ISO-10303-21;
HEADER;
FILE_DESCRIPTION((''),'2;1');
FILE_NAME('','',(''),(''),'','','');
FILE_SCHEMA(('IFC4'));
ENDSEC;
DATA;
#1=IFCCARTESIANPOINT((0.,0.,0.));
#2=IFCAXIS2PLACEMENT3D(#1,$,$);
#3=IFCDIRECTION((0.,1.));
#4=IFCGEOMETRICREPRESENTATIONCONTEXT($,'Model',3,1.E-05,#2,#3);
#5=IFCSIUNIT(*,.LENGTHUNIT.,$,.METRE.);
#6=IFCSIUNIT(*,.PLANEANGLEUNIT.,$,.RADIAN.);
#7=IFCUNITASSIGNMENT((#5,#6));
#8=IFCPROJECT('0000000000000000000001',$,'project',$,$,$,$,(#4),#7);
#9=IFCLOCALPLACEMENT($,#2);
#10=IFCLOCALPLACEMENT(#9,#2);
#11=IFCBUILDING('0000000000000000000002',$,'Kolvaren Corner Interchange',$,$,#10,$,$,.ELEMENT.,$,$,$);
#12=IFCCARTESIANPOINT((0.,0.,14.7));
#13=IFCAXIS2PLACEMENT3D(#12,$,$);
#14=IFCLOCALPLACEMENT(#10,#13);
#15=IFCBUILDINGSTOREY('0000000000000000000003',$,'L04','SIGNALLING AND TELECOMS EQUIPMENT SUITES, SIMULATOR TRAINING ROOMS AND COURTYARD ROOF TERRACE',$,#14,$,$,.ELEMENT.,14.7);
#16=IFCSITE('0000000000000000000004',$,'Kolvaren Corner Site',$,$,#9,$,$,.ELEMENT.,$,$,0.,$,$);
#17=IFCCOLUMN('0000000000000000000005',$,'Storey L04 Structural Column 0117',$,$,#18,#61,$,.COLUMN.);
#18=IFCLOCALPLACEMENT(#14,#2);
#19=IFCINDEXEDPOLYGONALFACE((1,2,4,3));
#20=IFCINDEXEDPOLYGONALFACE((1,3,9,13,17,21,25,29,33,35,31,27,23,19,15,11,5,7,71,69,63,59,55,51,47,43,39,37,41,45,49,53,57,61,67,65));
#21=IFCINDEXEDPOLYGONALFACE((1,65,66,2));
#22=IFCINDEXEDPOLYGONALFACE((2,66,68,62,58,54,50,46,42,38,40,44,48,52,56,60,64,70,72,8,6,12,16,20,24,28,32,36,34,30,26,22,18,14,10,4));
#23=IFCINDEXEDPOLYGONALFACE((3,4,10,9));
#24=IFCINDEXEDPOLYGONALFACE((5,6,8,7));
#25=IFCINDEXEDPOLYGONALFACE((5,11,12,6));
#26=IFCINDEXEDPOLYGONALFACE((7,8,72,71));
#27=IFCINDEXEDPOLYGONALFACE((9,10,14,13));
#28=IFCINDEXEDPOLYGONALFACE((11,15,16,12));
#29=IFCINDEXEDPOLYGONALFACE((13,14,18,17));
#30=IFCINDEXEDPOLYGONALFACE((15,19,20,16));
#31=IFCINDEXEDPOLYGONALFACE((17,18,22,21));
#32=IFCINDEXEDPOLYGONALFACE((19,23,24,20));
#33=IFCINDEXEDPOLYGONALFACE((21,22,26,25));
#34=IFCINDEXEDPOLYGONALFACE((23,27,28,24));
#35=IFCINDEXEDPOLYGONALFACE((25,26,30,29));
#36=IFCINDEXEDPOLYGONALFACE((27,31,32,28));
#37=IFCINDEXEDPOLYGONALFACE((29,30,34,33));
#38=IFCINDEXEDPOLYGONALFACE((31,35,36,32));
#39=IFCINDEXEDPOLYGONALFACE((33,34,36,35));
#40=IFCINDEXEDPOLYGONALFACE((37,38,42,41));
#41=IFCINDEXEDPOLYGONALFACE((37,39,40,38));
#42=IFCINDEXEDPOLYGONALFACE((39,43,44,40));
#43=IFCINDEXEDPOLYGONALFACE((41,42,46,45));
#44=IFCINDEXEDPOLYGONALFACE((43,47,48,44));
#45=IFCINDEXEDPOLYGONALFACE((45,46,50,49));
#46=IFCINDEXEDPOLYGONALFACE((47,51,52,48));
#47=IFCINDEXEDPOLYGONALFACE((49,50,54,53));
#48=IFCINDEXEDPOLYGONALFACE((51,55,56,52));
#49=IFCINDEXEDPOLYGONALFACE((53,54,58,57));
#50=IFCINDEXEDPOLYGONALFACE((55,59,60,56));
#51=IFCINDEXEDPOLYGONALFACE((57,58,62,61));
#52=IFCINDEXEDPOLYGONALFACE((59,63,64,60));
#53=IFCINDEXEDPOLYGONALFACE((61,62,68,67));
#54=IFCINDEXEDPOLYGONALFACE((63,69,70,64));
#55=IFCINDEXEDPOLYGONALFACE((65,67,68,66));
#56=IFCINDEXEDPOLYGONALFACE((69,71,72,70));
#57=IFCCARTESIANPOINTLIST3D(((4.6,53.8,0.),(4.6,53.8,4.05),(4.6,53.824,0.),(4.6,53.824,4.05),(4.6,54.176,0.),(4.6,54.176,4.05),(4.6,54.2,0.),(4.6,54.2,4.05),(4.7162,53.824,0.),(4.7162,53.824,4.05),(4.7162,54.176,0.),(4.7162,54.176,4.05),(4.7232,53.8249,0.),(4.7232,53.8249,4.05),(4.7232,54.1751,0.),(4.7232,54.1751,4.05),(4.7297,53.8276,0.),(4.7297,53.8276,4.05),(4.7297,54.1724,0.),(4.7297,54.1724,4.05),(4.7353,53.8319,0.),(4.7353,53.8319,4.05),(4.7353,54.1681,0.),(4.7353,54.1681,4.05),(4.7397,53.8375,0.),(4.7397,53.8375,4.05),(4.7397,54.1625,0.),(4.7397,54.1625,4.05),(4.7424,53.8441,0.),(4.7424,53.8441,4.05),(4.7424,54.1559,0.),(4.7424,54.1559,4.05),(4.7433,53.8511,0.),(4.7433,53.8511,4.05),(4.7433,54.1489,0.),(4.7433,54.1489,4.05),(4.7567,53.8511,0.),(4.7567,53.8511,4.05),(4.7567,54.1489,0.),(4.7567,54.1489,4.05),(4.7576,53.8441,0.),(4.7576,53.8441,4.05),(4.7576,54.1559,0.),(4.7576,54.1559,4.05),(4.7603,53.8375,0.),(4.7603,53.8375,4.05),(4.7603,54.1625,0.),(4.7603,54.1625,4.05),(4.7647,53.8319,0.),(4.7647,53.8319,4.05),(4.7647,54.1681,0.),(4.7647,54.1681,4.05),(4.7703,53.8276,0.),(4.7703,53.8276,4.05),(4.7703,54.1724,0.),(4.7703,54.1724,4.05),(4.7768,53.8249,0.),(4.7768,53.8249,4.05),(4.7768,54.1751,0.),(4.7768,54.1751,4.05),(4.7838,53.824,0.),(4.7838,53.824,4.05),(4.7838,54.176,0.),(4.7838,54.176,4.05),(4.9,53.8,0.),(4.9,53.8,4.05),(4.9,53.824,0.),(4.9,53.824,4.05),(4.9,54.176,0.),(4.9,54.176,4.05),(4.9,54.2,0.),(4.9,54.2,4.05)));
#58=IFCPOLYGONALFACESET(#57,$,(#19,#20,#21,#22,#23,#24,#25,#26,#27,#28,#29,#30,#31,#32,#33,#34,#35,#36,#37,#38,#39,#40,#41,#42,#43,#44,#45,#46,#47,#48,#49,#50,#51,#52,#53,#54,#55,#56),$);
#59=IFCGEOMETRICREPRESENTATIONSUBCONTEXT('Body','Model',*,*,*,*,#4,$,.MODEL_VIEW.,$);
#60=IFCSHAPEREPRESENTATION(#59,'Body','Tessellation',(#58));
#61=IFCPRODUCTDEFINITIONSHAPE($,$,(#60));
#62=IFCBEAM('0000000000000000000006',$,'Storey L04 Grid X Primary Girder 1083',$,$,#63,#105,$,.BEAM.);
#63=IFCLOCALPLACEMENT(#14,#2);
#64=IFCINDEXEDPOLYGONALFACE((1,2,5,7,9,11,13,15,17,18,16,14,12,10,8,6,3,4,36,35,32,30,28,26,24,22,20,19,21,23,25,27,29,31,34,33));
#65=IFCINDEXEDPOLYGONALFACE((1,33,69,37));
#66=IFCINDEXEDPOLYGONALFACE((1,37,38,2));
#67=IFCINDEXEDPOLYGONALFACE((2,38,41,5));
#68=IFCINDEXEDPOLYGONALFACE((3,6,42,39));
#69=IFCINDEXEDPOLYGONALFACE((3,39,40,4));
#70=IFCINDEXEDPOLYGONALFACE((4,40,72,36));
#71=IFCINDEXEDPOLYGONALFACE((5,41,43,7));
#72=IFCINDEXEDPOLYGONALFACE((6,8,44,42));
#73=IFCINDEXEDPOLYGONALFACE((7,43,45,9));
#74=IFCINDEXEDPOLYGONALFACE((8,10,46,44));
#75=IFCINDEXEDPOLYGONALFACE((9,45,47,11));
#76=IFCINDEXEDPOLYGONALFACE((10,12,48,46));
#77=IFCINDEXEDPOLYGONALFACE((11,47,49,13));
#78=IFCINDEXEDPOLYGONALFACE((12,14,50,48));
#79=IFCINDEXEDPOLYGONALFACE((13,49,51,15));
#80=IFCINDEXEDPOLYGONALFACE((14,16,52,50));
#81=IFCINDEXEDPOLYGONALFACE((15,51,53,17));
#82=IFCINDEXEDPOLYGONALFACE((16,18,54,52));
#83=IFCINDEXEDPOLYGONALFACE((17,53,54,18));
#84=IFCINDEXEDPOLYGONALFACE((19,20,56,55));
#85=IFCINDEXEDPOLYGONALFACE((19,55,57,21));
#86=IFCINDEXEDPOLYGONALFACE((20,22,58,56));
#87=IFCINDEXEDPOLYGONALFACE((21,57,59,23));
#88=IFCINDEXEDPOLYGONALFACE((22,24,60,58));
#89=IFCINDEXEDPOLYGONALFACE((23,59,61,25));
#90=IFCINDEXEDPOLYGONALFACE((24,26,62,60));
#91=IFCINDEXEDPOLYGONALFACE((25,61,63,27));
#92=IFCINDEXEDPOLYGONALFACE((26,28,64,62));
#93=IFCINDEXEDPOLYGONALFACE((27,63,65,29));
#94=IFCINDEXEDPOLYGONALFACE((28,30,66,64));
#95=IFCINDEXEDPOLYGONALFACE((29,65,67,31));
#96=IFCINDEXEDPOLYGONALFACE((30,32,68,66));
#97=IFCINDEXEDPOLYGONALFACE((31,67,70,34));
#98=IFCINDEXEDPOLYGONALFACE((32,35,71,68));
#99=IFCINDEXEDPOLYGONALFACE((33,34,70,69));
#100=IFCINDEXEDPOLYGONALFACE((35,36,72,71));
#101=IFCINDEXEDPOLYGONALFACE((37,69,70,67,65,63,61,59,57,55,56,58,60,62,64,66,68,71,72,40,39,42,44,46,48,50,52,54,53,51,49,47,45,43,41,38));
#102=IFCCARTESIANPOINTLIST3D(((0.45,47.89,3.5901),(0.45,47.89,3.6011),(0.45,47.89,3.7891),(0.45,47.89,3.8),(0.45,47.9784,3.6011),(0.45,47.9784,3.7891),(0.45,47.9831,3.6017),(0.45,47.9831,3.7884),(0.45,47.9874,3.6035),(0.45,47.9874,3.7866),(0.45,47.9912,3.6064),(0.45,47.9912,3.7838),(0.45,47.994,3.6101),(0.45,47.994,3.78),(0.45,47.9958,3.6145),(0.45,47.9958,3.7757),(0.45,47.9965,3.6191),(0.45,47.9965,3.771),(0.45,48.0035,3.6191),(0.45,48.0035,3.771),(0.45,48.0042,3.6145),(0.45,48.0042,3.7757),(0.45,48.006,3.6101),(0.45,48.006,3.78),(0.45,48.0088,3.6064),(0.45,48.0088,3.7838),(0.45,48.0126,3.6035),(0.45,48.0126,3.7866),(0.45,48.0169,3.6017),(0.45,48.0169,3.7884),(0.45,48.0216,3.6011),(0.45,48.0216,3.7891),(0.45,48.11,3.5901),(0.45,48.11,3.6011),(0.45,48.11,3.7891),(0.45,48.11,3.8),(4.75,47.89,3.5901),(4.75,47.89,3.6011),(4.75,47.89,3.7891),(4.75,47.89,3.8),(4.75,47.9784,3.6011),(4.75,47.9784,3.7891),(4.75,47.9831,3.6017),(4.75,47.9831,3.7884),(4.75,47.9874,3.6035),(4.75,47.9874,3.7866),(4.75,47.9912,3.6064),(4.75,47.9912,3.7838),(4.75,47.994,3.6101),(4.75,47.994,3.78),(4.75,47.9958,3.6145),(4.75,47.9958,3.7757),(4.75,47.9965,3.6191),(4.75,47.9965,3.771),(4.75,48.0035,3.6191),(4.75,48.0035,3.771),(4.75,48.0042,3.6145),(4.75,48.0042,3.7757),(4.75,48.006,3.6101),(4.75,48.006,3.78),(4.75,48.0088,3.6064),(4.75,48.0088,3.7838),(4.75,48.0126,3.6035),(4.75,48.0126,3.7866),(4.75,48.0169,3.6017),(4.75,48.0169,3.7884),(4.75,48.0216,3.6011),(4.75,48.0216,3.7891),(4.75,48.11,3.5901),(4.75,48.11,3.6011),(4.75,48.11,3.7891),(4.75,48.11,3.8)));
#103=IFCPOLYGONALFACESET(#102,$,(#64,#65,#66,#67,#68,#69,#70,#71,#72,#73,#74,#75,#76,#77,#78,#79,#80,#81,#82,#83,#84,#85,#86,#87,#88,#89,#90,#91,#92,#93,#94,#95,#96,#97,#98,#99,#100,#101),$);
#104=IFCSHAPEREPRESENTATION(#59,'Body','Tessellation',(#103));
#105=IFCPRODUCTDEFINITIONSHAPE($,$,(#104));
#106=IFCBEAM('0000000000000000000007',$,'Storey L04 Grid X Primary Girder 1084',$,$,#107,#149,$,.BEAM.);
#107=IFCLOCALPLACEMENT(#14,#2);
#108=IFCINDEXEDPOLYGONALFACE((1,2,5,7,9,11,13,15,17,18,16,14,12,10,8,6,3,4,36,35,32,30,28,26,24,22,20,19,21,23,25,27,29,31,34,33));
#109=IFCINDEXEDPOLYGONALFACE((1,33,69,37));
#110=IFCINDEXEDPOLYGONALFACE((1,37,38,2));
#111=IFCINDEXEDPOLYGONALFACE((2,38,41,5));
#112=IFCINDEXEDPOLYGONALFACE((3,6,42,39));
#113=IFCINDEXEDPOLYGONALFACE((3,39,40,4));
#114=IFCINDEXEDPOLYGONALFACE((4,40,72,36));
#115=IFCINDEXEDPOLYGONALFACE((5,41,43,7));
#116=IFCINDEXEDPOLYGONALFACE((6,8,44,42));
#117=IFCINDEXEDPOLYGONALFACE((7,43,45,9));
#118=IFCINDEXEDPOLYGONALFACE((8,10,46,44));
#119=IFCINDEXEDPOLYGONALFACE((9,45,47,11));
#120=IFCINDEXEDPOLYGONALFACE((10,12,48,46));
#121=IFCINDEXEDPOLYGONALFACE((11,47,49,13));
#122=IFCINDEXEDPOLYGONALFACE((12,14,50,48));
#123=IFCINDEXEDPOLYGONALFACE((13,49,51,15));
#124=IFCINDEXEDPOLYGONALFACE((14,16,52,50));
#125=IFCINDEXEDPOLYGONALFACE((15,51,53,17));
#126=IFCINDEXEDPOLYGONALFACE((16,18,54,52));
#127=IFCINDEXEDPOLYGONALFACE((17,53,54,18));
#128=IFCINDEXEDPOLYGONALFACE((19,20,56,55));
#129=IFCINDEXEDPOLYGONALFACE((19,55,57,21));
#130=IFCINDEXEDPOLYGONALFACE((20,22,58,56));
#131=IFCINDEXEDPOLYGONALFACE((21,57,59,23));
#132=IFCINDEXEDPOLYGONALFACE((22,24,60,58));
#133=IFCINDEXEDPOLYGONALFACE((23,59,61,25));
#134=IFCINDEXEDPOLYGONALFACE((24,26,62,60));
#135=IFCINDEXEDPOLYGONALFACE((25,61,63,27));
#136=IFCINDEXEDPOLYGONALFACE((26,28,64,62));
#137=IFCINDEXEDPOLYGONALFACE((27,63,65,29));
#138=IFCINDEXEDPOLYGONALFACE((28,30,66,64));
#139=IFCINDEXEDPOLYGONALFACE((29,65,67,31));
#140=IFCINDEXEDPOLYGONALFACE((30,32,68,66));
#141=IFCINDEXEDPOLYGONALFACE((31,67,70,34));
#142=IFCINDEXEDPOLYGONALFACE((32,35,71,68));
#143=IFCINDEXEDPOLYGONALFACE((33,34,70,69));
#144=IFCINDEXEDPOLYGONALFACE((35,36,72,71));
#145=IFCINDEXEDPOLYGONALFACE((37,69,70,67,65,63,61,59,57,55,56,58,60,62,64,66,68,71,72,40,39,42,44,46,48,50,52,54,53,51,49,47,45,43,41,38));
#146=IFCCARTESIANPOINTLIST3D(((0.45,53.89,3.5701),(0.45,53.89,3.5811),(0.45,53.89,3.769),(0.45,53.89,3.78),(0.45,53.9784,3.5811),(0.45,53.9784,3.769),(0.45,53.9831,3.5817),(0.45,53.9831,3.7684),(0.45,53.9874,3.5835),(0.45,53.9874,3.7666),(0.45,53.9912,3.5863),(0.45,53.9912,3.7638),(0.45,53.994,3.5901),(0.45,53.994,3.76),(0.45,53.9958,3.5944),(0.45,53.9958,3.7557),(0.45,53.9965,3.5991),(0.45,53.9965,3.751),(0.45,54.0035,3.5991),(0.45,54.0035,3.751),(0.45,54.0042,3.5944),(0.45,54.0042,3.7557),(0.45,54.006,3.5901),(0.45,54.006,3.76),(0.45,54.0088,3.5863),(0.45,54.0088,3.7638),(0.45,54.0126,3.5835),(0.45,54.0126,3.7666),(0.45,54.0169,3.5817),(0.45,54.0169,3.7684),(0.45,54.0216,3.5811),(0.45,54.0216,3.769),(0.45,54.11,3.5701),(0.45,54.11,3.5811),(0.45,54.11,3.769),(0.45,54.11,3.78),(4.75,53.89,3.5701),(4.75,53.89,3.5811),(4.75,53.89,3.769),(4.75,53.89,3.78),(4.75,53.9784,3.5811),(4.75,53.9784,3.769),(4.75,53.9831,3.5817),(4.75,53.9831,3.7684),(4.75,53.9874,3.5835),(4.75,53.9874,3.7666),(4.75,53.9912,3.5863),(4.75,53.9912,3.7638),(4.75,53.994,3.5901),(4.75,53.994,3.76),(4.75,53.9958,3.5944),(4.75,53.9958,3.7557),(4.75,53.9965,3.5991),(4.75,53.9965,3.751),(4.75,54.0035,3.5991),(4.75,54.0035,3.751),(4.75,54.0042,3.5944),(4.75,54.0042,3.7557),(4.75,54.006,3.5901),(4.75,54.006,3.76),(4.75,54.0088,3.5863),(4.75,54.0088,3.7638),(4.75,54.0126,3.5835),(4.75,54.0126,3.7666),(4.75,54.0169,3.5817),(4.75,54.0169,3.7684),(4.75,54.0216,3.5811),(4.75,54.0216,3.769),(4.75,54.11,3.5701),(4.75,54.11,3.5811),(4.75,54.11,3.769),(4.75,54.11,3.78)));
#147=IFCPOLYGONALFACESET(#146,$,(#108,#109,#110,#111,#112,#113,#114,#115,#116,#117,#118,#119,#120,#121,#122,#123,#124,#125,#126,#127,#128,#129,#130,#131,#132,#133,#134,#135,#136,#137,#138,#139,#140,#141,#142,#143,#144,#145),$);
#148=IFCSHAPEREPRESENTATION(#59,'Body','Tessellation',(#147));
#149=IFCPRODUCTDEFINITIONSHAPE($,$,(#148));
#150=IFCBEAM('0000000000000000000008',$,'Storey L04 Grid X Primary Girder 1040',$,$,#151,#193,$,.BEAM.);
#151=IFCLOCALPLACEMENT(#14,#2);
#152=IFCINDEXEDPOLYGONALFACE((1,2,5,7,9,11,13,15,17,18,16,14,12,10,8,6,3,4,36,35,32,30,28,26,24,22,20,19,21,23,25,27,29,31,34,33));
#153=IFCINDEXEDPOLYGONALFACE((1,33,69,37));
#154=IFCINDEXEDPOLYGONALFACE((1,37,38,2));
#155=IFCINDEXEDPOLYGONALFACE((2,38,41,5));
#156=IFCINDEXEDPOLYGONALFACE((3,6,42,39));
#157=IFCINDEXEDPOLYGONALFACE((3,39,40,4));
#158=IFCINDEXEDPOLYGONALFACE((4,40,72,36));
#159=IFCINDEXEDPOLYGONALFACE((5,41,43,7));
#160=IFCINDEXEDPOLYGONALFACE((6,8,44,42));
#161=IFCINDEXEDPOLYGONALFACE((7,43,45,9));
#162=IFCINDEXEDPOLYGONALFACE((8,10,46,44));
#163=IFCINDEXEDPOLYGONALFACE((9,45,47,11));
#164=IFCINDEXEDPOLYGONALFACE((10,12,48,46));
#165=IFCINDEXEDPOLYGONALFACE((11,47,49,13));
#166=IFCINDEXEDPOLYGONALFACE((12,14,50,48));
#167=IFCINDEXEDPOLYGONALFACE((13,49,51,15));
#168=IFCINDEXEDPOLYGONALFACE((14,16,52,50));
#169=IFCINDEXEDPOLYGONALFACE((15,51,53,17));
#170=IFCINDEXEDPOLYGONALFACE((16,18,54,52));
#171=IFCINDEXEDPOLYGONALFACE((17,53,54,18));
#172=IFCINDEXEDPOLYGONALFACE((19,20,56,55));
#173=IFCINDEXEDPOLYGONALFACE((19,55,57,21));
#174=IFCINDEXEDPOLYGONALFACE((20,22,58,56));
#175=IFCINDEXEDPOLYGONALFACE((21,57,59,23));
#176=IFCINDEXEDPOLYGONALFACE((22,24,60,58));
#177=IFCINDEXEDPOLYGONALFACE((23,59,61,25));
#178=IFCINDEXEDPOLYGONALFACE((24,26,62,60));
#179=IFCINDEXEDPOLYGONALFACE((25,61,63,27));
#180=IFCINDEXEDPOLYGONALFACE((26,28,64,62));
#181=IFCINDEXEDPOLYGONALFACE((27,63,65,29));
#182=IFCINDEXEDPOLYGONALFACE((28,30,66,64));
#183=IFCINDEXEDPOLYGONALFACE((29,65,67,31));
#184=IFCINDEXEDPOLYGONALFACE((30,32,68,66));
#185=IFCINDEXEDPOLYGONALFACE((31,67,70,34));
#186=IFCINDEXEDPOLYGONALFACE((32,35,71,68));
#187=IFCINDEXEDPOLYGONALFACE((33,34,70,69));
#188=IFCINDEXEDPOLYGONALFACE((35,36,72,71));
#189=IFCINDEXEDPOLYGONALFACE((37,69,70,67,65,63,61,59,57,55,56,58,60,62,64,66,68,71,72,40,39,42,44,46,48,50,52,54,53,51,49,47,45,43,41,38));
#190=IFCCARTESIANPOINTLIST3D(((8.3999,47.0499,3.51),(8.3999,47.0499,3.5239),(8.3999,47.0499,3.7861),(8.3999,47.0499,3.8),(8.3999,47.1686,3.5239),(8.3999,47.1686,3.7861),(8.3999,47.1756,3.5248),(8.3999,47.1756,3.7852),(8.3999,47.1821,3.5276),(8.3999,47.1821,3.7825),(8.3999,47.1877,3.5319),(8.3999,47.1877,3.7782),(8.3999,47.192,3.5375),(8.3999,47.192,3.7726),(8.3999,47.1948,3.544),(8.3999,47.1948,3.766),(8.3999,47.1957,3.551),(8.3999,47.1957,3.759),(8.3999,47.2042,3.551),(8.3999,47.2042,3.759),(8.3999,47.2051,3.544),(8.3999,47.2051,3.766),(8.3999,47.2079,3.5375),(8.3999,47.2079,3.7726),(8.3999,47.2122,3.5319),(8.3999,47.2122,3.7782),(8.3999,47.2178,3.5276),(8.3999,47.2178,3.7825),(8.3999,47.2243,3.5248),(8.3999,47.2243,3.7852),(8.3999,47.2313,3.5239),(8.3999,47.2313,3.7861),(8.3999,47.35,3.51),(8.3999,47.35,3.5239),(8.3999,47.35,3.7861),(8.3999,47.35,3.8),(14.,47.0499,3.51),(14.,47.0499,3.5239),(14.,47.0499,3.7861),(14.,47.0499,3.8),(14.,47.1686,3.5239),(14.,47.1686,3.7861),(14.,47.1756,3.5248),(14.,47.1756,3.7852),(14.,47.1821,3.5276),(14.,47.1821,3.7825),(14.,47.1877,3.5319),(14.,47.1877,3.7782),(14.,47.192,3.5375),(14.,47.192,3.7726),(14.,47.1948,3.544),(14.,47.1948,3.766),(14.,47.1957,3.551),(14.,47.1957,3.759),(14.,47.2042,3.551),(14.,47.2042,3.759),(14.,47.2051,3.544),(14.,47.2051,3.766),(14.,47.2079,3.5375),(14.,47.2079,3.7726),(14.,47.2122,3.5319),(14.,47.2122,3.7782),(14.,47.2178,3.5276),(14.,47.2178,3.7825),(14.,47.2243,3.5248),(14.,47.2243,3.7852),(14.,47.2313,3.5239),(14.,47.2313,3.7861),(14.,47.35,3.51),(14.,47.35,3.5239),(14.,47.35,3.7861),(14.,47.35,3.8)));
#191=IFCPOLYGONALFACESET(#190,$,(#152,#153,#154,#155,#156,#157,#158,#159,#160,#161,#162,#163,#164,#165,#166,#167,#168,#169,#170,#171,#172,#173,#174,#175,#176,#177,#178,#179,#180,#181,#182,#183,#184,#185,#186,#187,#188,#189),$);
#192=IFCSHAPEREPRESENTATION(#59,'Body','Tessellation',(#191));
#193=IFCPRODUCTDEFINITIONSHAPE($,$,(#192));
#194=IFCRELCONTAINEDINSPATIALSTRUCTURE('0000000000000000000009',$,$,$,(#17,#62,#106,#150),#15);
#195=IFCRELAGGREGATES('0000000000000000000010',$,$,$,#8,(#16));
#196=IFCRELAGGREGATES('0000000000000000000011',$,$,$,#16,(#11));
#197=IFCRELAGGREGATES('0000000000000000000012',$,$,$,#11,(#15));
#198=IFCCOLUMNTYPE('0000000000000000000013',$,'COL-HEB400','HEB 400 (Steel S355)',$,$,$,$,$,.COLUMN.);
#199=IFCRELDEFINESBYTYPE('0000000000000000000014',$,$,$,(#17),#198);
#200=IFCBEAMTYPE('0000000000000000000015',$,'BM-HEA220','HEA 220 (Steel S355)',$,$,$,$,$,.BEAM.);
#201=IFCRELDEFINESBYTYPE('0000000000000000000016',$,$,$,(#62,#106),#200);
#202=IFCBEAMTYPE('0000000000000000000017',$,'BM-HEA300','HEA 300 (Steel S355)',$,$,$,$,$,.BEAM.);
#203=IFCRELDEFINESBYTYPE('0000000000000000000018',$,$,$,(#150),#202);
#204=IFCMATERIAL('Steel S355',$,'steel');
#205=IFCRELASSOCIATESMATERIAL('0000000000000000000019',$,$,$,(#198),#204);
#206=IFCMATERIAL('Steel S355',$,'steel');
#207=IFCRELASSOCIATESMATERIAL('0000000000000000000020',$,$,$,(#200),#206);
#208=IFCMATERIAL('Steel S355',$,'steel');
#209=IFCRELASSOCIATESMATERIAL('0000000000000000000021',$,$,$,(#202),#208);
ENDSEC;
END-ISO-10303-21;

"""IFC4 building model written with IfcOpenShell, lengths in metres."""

from ifc_helpers import new_model, si_unit, direction, frame, origin, origin_2d, place, context, subcontext, project, spatial, i_section, extrude, material, material_profile, profile_set, type_object, element, save


model = new_model("IFC4")

# Units and contexts
model_context = context("Model", 3, precision=1e-05, world=origin(), true_north=direction((0.0, 1.0)))
body_context = subcontext(model_context, "Body", "Model", "MODEL_VIEW")
ifc_project = project(units=[si_unit("LENGTHUNIT", "METRE"), si_unit("PLANEANGLEUNIT", "RADIAN")], contexts=[model_context])

# Site, building, storey
site_placement = place(None, origin())
site = spatial("IfcSite", under=ifc_project, at=site_placement, Name="Kolvaren Corner Site", CompositionType="ELEMENT", RefElevation=0.0)
building_placement = place(site_placement, origin())
building = spatial("IfcBuilding", under=site, at=building_placement, Name="Kolvaren Corner Interchange", CompositionType="ELEMENT")
storey_placement = place(building_placement, frame((0.0, 0.0, 14.7)))
storey = spatial("IfcBuildingStorey", under=building, at=storey_placement, Name="L04", Description="SIGNALLING AND TELECOMS EQUIPMENT SUITES, SIMULATOR TRAINING ROOMS AND COURTYARD ROOF TERRACE", CompositionType="ELEMENT", Elevation=14.7)

# Column
ifc_material_1 = material(Name="Steel S355", Category="steel")
ifc_material_profile_1 = material_profile(ifc_material_1, i_section(OverallWidth=0.3, OverallDepth=0.3999, WebThickness=0.0134, FlangeThickness=0.0239, FilletRadius=0.0271, at=origin_2d()), Name="HEB 400")
ifc_profile_set_1 = profile_set([ifc_material_profile_1], Name="Steel S355")
column_type_1 = type_object("IfcColumnType", Name="COL-HEB400", Description="HEB 400 (Steel S355)", PredefinedType="COLUMN", material=ifc_profile_set_1)
for number, where, z_axis, x_axis, name in (
    (1, (4.75, 54.0, 0.0), (0.0, 0.0, 1.0), (1.0, 0.0, 0.0), "Storey L04 Structural Column 0117"),
):
    element("IfcColumn", number, at=place(storey_placement, frame(where, z_axis=z_axis, x_axis=x_axis)), inside=storey, type_object=column_type_1, Name=name, PredefinedType="COLUMN", context=body_context, shape_type="SweptSolid", body=[
        extrude(i_section(OverallWidth=0.3, OverallDepth=0.3999, WebThickness=0.0134, FlangeThickness=0.0239, FilletRadius=0.0271, at=origin_2d()), origin(), (0.0, 0.0, 1.0), 4.05),
    ])

# Beams
ifc_material_2 = material(Name="Steel S355", Category="steel")
ifc_material_profile_2 = material_profile(ifc_material_2, i_section(OverallWidth=0.22, OverallDepth=0.21, WebThickness=0.0071, FlangeThickness=0.011, FilletRadius=0.0181, at=origin_2d()), Name="HEA 220")
ifc_profile_set_2 = profile_set([ifc_material_profile_2], Name="Steel S355")
beam_type_1 = type_object("IfcBeamType", Name="BM-HEA220", Description="HEA 220 (Steel S355)", PredefinedType="BEAM", material=ifc_profile_set_2)
for number, where, z_axis, x_axis, name in (
    (2, (0.45, 48.0, 3.6951), (1.0, 0.0, 0.0), (0.0, 1.0, 0.0), "Storey L04 Grid X Primary Girder 1083"),
    (3, (0.45, 54.0, 3.675), (1.0, 0.0, 0.0), (0.0, 1.0, 0.0), "Storey L04 Grid X Primary Girder 1084"),
):
    element("IfcBeam", number, at=place(storey_placement, frame(where, z_axis=z_axis, x_axis=x_axis)), inside=storey, type_object=beam_type_1, Name=name, PredefinedType="BEAM", context=body_context, shape_type="SweptSolid", body=[
        extrude(i_section(OverallWidth=0.22, OverallDepth=0.21, WebThickness=0.0071, FlangeThickness=0.011, FilletRadius=0.0181, at=origin_2d()), origin(), (0.0, 0.0, 1.0), 4.3),
    ])
ifc_material_3 = material(Name="Steel S355", Category="steel")
ifc_material_profile_3 = material_profile(ifc_material_3, i_section(OverallWidth=0.3, OverallDepth=0.29, WebThickness=0.0085, FlangeThickness=0.0139, FilletRadius=0.0271, at=origin_2d()), Name="HEA 300")
ifc_profile_set_3 = profile_set([ifc_material_profile_3], Name="Steel S355")
beam_type_2 = type_object("IfcBeamType", Name="BM-HEA300", Description="HEA 300 (Steel S355)", PredefinedType="BEAM", material=ifc_profile_set_3)
beam_1_placement = place(storey_placement, frame((8.3999, 47.2, 3.655), z_axis=(1.0, 0.0, 0.0), x_axis=(0.0, 1.0, 0.0)))
element("IfcBeam", 4, at=beam_1_placement, inside=storey, type_object=beam_type_2, Name="Storey L04 Grid X Primary Girder 1040", PredefinedType="BEAM", context=body_context, shape_type="SweptSolid", body=[
    extrude(i_section(OverallWidth=0.3, OverallDepth=0.29, WebThickness=0.0085, FlangeThickness=0.0139, FilletRadius=0.0271, at=origin_2d()), origin(), (0.0, 0.0, 1.0), 5.6001),
])

save(model, "model.ifc")
